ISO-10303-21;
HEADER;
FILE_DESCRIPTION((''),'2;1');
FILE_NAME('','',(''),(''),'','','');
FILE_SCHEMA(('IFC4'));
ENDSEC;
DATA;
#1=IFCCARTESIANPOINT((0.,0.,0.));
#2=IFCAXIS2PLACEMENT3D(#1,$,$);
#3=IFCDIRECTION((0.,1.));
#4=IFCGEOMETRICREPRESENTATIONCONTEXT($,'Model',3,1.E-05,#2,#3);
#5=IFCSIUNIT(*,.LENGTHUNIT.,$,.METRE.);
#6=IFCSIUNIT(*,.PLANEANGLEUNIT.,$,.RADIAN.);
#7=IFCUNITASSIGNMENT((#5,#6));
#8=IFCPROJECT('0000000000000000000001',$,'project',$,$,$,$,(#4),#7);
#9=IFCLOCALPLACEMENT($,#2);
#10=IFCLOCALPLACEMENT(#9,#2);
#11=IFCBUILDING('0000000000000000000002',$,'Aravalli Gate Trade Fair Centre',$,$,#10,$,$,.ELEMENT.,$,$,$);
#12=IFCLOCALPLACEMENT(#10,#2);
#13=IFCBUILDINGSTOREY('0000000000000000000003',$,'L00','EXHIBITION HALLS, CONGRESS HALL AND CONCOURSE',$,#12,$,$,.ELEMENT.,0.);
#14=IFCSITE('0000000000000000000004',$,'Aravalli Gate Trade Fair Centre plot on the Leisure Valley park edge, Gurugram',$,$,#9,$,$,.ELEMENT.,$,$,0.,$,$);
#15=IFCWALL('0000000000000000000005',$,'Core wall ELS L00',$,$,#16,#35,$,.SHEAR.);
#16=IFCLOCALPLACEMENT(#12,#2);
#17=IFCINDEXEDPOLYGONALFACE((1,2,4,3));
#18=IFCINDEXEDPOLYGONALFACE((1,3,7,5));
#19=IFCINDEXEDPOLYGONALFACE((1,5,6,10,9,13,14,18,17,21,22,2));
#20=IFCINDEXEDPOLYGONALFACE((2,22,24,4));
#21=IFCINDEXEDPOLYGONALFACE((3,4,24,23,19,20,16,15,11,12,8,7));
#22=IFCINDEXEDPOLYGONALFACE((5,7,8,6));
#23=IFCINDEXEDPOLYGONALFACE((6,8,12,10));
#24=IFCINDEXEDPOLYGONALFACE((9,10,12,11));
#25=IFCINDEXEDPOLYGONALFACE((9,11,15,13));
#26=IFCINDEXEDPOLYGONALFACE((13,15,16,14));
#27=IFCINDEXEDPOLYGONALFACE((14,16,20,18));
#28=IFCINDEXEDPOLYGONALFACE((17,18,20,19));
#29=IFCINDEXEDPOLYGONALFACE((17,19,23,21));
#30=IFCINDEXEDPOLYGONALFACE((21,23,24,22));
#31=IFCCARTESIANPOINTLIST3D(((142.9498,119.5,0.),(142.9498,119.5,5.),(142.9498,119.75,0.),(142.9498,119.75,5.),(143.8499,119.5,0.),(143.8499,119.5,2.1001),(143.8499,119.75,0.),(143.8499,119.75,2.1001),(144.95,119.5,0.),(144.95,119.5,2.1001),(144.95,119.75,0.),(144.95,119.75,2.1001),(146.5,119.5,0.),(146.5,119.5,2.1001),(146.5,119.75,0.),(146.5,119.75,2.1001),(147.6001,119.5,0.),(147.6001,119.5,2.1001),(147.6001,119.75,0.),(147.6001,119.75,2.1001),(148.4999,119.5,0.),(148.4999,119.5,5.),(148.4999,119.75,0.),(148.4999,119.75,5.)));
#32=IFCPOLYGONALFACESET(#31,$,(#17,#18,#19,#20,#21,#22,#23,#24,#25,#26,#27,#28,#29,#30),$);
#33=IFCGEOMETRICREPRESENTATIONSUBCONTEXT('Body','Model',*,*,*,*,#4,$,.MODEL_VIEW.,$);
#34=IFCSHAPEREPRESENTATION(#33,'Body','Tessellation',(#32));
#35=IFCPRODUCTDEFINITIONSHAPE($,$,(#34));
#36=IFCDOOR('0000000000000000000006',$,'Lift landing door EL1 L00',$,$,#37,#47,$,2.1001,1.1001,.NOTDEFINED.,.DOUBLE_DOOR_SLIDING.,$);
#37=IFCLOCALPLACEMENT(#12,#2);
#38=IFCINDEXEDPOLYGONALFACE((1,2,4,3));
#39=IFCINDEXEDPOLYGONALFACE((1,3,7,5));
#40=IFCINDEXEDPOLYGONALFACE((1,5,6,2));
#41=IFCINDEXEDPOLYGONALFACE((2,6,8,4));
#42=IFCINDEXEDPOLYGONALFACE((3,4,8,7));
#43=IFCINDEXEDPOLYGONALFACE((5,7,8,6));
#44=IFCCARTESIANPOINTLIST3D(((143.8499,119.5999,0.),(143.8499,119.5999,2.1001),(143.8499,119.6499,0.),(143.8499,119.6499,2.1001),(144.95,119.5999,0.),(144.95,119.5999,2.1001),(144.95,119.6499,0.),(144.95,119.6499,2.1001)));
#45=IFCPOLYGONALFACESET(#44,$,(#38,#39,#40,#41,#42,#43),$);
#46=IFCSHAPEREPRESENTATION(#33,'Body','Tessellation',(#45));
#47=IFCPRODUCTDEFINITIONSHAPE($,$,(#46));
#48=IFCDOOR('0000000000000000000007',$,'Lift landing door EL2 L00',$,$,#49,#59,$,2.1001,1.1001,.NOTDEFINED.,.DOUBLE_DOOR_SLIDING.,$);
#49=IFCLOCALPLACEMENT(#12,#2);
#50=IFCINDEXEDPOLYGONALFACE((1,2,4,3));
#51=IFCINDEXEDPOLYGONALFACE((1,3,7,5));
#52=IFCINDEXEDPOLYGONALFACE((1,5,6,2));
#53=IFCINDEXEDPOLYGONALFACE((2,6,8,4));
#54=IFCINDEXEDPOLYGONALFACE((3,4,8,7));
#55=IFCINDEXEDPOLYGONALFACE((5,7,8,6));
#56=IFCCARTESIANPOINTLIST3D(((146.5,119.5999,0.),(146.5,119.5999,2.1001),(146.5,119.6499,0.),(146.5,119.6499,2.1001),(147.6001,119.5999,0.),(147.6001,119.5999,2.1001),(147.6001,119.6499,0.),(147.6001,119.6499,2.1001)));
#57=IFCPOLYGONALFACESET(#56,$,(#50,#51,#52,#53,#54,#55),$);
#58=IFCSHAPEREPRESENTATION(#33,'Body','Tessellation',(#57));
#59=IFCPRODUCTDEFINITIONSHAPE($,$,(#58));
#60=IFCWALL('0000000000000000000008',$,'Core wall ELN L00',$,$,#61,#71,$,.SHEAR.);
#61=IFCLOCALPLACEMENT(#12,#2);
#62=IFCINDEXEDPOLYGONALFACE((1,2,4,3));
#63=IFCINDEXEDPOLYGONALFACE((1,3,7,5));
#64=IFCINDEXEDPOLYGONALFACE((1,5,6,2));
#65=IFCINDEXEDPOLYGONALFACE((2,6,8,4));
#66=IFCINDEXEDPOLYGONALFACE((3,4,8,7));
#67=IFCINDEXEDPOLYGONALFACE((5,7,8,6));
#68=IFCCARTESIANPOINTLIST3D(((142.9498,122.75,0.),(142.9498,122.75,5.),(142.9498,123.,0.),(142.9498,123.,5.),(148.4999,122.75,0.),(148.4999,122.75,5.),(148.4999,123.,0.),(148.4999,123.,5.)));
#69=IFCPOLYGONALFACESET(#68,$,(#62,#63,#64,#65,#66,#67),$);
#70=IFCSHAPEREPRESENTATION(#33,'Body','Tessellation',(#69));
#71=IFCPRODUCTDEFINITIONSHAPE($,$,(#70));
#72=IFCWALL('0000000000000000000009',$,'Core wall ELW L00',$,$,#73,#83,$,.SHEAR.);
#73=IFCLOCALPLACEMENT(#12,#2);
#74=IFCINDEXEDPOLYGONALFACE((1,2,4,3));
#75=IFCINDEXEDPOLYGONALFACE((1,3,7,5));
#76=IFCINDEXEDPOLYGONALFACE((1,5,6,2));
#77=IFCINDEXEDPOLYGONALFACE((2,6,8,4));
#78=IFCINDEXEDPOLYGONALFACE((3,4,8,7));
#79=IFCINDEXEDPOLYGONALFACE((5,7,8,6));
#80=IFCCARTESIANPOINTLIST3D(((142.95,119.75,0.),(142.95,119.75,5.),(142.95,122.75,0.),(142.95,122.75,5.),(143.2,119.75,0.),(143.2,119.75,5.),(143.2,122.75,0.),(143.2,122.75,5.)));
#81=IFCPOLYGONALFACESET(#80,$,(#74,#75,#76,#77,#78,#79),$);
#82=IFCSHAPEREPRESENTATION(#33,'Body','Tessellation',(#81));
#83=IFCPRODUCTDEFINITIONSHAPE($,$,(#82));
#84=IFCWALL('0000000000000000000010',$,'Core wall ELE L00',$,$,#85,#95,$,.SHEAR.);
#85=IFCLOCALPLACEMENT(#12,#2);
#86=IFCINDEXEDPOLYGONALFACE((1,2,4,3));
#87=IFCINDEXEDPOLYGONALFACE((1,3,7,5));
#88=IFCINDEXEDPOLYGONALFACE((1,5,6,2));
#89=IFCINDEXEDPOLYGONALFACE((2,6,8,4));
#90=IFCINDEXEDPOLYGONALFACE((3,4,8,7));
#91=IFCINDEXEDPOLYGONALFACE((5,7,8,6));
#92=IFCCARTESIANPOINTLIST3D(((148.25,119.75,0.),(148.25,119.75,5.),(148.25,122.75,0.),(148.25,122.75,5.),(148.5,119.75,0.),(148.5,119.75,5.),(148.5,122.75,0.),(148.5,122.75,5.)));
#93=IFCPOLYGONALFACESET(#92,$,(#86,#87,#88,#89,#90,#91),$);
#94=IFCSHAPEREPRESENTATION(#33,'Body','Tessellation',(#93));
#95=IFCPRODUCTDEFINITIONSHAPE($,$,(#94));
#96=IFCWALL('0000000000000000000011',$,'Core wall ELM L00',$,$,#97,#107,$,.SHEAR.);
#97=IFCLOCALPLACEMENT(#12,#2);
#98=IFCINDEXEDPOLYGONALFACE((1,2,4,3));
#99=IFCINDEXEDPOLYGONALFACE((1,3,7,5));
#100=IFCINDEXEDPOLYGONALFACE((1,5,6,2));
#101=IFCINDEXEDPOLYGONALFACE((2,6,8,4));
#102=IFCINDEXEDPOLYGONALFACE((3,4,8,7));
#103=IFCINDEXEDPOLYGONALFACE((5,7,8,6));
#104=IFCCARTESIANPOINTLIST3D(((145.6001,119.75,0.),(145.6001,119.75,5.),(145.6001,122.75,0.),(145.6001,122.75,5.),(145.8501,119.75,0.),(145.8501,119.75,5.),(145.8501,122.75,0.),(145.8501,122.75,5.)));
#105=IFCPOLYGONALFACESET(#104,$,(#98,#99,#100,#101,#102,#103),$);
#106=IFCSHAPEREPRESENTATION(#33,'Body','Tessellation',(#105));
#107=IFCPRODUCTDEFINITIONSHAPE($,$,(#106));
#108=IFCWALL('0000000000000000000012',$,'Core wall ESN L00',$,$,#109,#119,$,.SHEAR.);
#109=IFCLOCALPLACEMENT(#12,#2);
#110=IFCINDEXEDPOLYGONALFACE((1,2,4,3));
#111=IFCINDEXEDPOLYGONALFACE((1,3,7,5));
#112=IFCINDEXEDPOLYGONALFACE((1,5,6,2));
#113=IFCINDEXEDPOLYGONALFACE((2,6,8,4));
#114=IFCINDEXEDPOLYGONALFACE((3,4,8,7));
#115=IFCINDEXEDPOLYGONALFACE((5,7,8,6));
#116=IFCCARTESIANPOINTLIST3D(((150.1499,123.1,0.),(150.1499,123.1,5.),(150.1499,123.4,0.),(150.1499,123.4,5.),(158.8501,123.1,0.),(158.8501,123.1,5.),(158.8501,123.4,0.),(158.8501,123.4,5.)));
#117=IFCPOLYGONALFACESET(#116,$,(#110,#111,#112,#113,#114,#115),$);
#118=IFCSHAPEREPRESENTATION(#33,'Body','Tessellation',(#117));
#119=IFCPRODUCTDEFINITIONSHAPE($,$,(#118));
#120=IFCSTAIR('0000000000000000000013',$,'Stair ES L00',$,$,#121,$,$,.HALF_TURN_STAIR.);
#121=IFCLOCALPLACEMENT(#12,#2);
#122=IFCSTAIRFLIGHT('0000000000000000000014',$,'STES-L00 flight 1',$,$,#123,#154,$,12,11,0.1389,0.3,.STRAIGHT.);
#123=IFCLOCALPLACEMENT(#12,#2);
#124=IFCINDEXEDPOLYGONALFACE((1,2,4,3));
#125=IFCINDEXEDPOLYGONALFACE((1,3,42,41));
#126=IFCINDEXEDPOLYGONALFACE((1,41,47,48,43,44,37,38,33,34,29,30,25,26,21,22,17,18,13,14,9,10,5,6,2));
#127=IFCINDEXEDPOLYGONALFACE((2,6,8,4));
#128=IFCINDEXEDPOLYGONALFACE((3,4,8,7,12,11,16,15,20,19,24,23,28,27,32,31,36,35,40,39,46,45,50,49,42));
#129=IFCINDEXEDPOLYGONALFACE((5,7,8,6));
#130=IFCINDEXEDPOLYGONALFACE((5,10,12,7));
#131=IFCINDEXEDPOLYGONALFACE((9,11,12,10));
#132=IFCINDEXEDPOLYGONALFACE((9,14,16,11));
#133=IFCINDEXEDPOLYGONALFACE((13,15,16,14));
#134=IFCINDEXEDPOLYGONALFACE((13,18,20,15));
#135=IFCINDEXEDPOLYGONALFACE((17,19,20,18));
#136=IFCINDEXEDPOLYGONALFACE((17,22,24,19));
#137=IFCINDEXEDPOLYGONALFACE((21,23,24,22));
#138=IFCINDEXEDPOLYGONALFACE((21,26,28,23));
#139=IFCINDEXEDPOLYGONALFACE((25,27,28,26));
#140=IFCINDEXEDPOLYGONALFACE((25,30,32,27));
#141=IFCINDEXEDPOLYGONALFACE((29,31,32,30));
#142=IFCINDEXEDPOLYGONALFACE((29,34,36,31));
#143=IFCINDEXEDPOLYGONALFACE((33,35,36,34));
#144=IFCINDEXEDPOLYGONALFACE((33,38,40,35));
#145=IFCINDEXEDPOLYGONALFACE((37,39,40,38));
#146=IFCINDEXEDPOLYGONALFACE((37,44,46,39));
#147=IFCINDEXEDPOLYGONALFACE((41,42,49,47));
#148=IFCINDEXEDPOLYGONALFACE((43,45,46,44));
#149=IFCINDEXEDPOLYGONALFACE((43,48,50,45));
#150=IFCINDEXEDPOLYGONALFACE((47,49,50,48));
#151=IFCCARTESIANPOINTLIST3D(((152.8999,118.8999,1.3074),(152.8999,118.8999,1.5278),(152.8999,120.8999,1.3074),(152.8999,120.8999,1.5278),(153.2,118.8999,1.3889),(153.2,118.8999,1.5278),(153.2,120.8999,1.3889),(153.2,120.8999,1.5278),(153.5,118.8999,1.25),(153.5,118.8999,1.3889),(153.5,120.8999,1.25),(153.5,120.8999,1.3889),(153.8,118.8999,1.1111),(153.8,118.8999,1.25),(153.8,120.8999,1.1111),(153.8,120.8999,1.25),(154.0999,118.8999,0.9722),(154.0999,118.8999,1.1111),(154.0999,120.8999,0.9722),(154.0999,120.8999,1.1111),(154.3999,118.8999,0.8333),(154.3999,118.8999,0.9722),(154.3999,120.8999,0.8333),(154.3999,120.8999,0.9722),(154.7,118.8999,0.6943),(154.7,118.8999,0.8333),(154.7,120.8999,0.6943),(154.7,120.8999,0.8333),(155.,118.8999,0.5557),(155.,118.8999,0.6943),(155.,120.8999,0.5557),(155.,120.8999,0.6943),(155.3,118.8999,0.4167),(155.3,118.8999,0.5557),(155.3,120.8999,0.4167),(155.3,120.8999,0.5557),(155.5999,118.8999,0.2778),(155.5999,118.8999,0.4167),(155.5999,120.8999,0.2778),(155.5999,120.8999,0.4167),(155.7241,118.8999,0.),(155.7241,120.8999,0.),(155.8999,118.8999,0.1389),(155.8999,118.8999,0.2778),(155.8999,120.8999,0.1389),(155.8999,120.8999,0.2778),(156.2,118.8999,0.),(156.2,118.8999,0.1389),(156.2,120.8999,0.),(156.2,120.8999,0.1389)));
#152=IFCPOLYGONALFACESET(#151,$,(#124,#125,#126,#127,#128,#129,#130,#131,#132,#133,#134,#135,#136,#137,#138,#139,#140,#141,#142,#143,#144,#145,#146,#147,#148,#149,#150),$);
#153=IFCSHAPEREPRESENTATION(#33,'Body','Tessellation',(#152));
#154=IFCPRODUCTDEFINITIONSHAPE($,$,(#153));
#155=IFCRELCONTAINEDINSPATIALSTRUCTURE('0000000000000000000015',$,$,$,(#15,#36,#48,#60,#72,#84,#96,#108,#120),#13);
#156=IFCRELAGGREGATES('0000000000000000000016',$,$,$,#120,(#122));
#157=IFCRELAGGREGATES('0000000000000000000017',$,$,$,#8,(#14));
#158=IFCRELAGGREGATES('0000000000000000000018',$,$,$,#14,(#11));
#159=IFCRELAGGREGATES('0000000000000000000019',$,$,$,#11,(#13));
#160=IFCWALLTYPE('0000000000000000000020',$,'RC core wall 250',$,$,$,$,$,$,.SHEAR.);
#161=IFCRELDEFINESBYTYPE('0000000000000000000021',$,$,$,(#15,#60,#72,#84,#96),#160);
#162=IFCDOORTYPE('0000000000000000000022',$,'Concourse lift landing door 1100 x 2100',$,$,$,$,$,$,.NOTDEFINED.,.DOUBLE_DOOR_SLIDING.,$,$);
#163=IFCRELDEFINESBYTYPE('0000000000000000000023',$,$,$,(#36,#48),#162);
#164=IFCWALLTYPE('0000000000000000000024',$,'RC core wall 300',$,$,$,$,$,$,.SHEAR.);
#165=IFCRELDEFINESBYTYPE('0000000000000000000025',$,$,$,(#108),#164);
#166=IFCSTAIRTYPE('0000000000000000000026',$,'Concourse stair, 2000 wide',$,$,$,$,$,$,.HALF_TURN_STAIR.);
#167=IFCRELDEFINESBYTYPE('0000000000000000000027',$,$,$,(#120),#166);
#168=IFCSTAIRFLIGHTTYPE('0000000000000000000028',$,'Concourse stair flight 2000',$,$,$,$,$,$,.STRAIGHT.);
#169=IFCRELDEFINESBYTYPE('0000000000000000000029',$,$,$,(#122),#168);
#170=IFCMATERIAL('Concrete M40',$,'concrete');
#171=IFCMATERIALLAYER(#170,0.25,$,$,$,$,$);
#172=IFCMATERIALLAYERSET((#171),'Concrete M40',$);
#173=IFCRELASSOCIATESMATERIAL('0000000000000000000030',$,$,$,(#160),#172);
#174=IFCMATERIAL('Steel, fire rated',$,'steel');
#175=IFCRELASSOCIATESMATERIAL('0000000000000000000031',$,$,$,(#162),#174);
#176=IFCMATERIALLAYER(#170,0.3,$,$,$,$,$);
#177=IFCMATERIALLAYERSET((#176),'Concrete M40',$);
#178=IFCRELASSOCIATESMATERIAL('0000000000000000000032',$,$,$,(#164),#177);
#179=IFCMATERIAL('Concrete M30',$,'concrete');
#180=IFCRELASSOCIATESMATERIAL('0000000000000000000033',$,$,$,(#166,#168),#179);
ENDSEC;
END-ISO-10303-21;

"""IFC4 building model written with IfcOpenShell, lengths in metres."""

from ifc_helpers import new_model, si_unit, direction, frame, frame_2d, origin, place, context, subcontext, project, spatial, polyline, rectangle, outline, extrude, material, layer, layer_set, type_object, element, fill, aggregate, save


model = new_model("IFC4")

# Units and contexts
model_context = context("Model", 3, precision=1e-05, world=origin(), true_north=direction((0.0, 1.0)))
body_context = subcontext(model_context, "Body", "Model", "MODEL_VIEW")
ifc_project = project(units=[si_unit("LENGTHUNIT", "METRE"), si_unit("PLANEANGLEUNIT", "RADIAN")], contexts=[model_context])

# Site, building, storey
site_placement = place(None, origin())
site = spatial("IfcSite", under=ifc_project, at=site_placement, Name="Aravalli Gate Trade Fair Centre plot on the Leisure Valley park edge, Gurugram", CompositionType="ELEMENT", RefElevation=0.0)
building_placement = place(site_placement, origin())
building = spatial("IfcBuilding", under=site, at=building_placement, Name="Aravalli Gate Trade Fair Centre", CompositionType="ELEMENT")
storey_placement = place(building_placement, origin())
storey = spatial("IfcBuildingStorey", under=building, at=storey_placement, Name="L00", Description="EXHIBITION HALLS, CONGRESS HALL AND CONCOURSE", CompositionType="ELEMENT", Elevation=0.0)

# Wall, openings, doors
ifc_material_1 = material(Name="Concrete M40", Category="concrete")
ifc_layer_1 = layer(ifc_material_1, 0.25)
ifc_layer_set_1 = layer_set([ifc_layer_1], Name="Concrete M40")
wall_type_1 = type_object("IfcWallType", Name="RC core wall 250", PredefinedType="SHEAR", material=ifc_layer_set_1)
wall_1_placement = place(storey_placement, frame((142.95, 119.625, 0.0), z_axis=(0.0, 0.0, 1.0), x_axis=(1.0, 0.0, 0.0)))
wall_1 = element("IfcWall", 1, at=wall_1_placement, inside=storey, type_object=wall_type_1, Name="Core wall ELS L00", PredefinedType="SHEAR", context=body_context, shape_type="SweptSolid", body=[
    extrude(rectangle(XDim=5.55, YDim=0.25, at=frame_2d((2.7749, 0.0))), origin(), (0.0, 0.0, 1.0), 5.0),
])
opening_1_placement = place(wall_1_placement, frame((0.8999, 0.0, 0.0)))
opening_1 = element("IfcOpeningElement", 2, at=opening_1_placement, cuts=wall_1, PredefinedType="OPENING", context=body_context, shape_type="SweptSolid", body=[
    extrude(rectangle(XDim=1.1001, YDim=2.1001, at=frame_2d((0.55, 1.05))), frame((0.0, 0.135, 0.0), z_axis=(0.0, -1.0, 0.0), x_axis=(1.0, 0.0, 0.0)), (0.0, 0.0, 1.0), 0.27),
])
opening_2_placement = place(wall_1_placement, frame((3.55, 0.0, 0.0)))
opening_2 = element("IfcOpeningElement", 3, at=opening_2_placement, cuts=wall_1, PredefinedType="OPENING", context=body_context, shape_type="SweptSolid", body=[
    extrude(rectangle(XDim=1.1001, YDim=2.1001, at=frame_2d((0.55, 1.05))), frame((0.0, 0.135, 0.0), z_axis=(0.0, -1.0, 0.0), x_axis=(1.0, 0.0, 0.0)), (0.0, 0.0, 1.0), 0.27),
])
ifc_material_2 = material(Name="Steel, fire rated", Category="steel")
door_type = type_object("IfcDoorType", Name="Concourse lift landing door 1100 x 2100", OperationType="DOUBLE_DOOR_SLIDING", PredefinedType="NOTDEFINED", material=ifc_material_2)
door_1_placement = place(opening_1_placement, origin())
door_1 = element("IfcDoor", 4, at=door_1_placement, inside=storey, type_object=door_type, Name="Lift landing door EL1 L00", OperationType="DOUBLE_DOOR_SLIDING", OverallHeight=2.1001, OverallWidth=1.1001, PredefinedType="NOTDEFINED", context=body_context, shape_type="SweptSolid", body=[
    extrude(rectangle(XDim=1.1001, YDim=2.1001, at=frame_2d((0.55, 1.05))), frame((0.0, 0.0249, 0.0), z_axis=(0.0, -1.0, 0.0), x_axis=(1.0, 0.0, 0.0)), (0.0, 0.0, 1.0), 0.05),
])
fill(opening_1, door_1)
door_2_placement = place(opening_2_placement, origin())
door_2 = element("IfcDoor", 5, at=door_2_placement, inside=storey, type_object=door_type, Name="Lift landing door EL2 L00", OperationType="DOUBLE_DOOR_SLIDING", OverallHeight=2.1001, OverallWidth=1.1001, PredefinedType="NOTDEFINED", context=body_context, shape_type="SweptSolid", body=[
    extrude(rectangle(XDim=1.1001, YDim=2.1001, at=frame_2d((0.55, 1.05))), frame((0.0, 0.0249, 0.0), z_axis=(0.0, -1.0, 0.0), x_axis=(1.0, 0.0, 0.0)), (0.0, 0.0, 1.0), 0.05),
])
fill(opening_2, door_2)

# Walls
wall_2_placement = place(storey_placement, frame((142.95, 122.875, 0.0), z_axis=(0.0, 0.0, 1.0), x_axis=(1.0, 0.0, 0.0)))
element("IfcWall", 6, at=wall_2_placement, inside=storey, type_object=wall_type_1, Name="Core wall ELN L00", PredefinedType="SHEAR", context=body_context, shape_type="SweptSolid", body=[
    extrude(rectangle(XDim=5.55, YDim=0.25, at=frame_2d((2.7749, 0.0))), origin(), (0.0, 0.0, 1.0), 5.0),
])
for number, where, z_axis, x_axis, name in (
    (7, (143.075, 119.75, 0.0), (0.0, 0.0, 1.0), (0.0, 1.0, 0.0), "Core wall ELW L00"),
    (8, (148.375, 119.75, 0.0), (0.0, 0.0, 1.0), (0.0, 1.0, 0.0), "Core wall ELE L00"),
    (9, (145.7251, 119.75, 0.0), (0.0, 0.0, 1.0), (0.0, 1.0, 0.0), "Core wall ELM L00"),
):
    element("IfcWall", number, at=place(storey_placement, frame(where, z_axis=z_axis, x_axis=x_axis)), inside=storey, type_object=wall_type_1, Name=name, PredefinedType="SHEAR", context=body_context, shape_type="SweptSolid", body=[
        extrude(rectangle(XDim=3.0, YDim=0.25, at=frame_2d((1.5, 0.0))), origin(), (0.0, 0.0, 1.0), 5.0),
    ])
ifc_layer_2 = layer(ifc_material_1, 0.3)
ifc_layer_set_2 = layer_set([ifc_layer_2], Name="Concrete M40")
wall_type_2 = type_object("IfcWallType", Name="RC core wall 300", PredefinedType="SHEAR", material=ifc_layer_set_2)
wall_3_placement = place(storey_placement, frame((150.1499, 123.25, 0.0), z_axis=(0.0, 0.0, 1.0), x_axis=(1.0, 0.0, 0.0)))
element("IfcWall", 10, at=wall_3_placement, inside=storey, type_object=wall_type_2, Name="Core wall ESN L00", PredefinedType="SHEAR", context=body_context, shape_type="SweptSolid", body=[
    extrude(rectangle(XDim=8.7002, YDim=0.3, at=frame_2d((4.3501, 0.0))), origin(), (0.0, 0.0, 1.0), 5.0),
])

# Stair, stair flight
ifc_material_3 = material(Name="Concrete M30", Category="concrete")
stair_type = type_object("IfcStairType", Name="Concourse stair, 2000 wide", PredefinedType="HALF_TURN_STAIR", material=ifc_material_3)
stair_placement = place(storey_placement, origin())
stair = element("IfcStair", 11, at=stair_placement, inside=storey, type_object=stair_type, Name="Stair ES L00", PredefinedType="HALF_TURN_STAIR")
stair_flight_type = type_object("IfcStairFlightType", Name="Concourse stair flight 2000", PredefinedType="STRAIGHT", material=ifc_material_3)
stair_flight_1_placement = place(storey_placement, frame((156.2, 119.8999, 0.0), z_axis=(0.0, 0.0, 1.0), x_axis=(-1.0, 0.0, 0.0)))
stair_flight_1 = element("IfcStairFlight", 12, at=stair_flight_1_placement, type_object=stair_flight_type, Name="STES-L00 flight 1", NumberOfRisers=12, NumberOfTreads=11, PredefinedType="STRAIGHT", RiserHeight=0.1389, TreadLength=0.3, context=body_context, shape_type="SweptSolid", body=[
    extrude(outline(polyline([(0.0, 0.0), (0.0, 0.1389), (0.3, 0.1389), (0.3, 0.2778), (0.6001, 0.2778), (0.6001, 0.4167), (0.8999, 0.4167), (0.8999, 0.5557), (1.2, 0.5557), (1.2, 0.6943), (1.5, 0.6943), (1.5, 0.8333), (1.8, 0.8333), (1.8, 0.9722), (2.1001, 0.9722), (2.1001, 1.1111), (2.3999, 1.1111), (2.3999, 1.25), (2.7, 1.25), (2.7, 1.3889), (3.0, 1.3889), (3.0, 1.5278), (3.3, 1.5278), (3.3, 1.6667), (3.3, 1.3074), (0.4758, 0.0), (0.0, 0.0)])), frame((0.0, 1.0, 0.0), z_axis=(0.0, -1.0, 0.0), x_axis=(1.0, 0.0, 0.0)), (0.0, 0.0, 1.0), 2.0),
])
aggregate(stair, [stair_flight_1])

save(model, "model.ifc")
